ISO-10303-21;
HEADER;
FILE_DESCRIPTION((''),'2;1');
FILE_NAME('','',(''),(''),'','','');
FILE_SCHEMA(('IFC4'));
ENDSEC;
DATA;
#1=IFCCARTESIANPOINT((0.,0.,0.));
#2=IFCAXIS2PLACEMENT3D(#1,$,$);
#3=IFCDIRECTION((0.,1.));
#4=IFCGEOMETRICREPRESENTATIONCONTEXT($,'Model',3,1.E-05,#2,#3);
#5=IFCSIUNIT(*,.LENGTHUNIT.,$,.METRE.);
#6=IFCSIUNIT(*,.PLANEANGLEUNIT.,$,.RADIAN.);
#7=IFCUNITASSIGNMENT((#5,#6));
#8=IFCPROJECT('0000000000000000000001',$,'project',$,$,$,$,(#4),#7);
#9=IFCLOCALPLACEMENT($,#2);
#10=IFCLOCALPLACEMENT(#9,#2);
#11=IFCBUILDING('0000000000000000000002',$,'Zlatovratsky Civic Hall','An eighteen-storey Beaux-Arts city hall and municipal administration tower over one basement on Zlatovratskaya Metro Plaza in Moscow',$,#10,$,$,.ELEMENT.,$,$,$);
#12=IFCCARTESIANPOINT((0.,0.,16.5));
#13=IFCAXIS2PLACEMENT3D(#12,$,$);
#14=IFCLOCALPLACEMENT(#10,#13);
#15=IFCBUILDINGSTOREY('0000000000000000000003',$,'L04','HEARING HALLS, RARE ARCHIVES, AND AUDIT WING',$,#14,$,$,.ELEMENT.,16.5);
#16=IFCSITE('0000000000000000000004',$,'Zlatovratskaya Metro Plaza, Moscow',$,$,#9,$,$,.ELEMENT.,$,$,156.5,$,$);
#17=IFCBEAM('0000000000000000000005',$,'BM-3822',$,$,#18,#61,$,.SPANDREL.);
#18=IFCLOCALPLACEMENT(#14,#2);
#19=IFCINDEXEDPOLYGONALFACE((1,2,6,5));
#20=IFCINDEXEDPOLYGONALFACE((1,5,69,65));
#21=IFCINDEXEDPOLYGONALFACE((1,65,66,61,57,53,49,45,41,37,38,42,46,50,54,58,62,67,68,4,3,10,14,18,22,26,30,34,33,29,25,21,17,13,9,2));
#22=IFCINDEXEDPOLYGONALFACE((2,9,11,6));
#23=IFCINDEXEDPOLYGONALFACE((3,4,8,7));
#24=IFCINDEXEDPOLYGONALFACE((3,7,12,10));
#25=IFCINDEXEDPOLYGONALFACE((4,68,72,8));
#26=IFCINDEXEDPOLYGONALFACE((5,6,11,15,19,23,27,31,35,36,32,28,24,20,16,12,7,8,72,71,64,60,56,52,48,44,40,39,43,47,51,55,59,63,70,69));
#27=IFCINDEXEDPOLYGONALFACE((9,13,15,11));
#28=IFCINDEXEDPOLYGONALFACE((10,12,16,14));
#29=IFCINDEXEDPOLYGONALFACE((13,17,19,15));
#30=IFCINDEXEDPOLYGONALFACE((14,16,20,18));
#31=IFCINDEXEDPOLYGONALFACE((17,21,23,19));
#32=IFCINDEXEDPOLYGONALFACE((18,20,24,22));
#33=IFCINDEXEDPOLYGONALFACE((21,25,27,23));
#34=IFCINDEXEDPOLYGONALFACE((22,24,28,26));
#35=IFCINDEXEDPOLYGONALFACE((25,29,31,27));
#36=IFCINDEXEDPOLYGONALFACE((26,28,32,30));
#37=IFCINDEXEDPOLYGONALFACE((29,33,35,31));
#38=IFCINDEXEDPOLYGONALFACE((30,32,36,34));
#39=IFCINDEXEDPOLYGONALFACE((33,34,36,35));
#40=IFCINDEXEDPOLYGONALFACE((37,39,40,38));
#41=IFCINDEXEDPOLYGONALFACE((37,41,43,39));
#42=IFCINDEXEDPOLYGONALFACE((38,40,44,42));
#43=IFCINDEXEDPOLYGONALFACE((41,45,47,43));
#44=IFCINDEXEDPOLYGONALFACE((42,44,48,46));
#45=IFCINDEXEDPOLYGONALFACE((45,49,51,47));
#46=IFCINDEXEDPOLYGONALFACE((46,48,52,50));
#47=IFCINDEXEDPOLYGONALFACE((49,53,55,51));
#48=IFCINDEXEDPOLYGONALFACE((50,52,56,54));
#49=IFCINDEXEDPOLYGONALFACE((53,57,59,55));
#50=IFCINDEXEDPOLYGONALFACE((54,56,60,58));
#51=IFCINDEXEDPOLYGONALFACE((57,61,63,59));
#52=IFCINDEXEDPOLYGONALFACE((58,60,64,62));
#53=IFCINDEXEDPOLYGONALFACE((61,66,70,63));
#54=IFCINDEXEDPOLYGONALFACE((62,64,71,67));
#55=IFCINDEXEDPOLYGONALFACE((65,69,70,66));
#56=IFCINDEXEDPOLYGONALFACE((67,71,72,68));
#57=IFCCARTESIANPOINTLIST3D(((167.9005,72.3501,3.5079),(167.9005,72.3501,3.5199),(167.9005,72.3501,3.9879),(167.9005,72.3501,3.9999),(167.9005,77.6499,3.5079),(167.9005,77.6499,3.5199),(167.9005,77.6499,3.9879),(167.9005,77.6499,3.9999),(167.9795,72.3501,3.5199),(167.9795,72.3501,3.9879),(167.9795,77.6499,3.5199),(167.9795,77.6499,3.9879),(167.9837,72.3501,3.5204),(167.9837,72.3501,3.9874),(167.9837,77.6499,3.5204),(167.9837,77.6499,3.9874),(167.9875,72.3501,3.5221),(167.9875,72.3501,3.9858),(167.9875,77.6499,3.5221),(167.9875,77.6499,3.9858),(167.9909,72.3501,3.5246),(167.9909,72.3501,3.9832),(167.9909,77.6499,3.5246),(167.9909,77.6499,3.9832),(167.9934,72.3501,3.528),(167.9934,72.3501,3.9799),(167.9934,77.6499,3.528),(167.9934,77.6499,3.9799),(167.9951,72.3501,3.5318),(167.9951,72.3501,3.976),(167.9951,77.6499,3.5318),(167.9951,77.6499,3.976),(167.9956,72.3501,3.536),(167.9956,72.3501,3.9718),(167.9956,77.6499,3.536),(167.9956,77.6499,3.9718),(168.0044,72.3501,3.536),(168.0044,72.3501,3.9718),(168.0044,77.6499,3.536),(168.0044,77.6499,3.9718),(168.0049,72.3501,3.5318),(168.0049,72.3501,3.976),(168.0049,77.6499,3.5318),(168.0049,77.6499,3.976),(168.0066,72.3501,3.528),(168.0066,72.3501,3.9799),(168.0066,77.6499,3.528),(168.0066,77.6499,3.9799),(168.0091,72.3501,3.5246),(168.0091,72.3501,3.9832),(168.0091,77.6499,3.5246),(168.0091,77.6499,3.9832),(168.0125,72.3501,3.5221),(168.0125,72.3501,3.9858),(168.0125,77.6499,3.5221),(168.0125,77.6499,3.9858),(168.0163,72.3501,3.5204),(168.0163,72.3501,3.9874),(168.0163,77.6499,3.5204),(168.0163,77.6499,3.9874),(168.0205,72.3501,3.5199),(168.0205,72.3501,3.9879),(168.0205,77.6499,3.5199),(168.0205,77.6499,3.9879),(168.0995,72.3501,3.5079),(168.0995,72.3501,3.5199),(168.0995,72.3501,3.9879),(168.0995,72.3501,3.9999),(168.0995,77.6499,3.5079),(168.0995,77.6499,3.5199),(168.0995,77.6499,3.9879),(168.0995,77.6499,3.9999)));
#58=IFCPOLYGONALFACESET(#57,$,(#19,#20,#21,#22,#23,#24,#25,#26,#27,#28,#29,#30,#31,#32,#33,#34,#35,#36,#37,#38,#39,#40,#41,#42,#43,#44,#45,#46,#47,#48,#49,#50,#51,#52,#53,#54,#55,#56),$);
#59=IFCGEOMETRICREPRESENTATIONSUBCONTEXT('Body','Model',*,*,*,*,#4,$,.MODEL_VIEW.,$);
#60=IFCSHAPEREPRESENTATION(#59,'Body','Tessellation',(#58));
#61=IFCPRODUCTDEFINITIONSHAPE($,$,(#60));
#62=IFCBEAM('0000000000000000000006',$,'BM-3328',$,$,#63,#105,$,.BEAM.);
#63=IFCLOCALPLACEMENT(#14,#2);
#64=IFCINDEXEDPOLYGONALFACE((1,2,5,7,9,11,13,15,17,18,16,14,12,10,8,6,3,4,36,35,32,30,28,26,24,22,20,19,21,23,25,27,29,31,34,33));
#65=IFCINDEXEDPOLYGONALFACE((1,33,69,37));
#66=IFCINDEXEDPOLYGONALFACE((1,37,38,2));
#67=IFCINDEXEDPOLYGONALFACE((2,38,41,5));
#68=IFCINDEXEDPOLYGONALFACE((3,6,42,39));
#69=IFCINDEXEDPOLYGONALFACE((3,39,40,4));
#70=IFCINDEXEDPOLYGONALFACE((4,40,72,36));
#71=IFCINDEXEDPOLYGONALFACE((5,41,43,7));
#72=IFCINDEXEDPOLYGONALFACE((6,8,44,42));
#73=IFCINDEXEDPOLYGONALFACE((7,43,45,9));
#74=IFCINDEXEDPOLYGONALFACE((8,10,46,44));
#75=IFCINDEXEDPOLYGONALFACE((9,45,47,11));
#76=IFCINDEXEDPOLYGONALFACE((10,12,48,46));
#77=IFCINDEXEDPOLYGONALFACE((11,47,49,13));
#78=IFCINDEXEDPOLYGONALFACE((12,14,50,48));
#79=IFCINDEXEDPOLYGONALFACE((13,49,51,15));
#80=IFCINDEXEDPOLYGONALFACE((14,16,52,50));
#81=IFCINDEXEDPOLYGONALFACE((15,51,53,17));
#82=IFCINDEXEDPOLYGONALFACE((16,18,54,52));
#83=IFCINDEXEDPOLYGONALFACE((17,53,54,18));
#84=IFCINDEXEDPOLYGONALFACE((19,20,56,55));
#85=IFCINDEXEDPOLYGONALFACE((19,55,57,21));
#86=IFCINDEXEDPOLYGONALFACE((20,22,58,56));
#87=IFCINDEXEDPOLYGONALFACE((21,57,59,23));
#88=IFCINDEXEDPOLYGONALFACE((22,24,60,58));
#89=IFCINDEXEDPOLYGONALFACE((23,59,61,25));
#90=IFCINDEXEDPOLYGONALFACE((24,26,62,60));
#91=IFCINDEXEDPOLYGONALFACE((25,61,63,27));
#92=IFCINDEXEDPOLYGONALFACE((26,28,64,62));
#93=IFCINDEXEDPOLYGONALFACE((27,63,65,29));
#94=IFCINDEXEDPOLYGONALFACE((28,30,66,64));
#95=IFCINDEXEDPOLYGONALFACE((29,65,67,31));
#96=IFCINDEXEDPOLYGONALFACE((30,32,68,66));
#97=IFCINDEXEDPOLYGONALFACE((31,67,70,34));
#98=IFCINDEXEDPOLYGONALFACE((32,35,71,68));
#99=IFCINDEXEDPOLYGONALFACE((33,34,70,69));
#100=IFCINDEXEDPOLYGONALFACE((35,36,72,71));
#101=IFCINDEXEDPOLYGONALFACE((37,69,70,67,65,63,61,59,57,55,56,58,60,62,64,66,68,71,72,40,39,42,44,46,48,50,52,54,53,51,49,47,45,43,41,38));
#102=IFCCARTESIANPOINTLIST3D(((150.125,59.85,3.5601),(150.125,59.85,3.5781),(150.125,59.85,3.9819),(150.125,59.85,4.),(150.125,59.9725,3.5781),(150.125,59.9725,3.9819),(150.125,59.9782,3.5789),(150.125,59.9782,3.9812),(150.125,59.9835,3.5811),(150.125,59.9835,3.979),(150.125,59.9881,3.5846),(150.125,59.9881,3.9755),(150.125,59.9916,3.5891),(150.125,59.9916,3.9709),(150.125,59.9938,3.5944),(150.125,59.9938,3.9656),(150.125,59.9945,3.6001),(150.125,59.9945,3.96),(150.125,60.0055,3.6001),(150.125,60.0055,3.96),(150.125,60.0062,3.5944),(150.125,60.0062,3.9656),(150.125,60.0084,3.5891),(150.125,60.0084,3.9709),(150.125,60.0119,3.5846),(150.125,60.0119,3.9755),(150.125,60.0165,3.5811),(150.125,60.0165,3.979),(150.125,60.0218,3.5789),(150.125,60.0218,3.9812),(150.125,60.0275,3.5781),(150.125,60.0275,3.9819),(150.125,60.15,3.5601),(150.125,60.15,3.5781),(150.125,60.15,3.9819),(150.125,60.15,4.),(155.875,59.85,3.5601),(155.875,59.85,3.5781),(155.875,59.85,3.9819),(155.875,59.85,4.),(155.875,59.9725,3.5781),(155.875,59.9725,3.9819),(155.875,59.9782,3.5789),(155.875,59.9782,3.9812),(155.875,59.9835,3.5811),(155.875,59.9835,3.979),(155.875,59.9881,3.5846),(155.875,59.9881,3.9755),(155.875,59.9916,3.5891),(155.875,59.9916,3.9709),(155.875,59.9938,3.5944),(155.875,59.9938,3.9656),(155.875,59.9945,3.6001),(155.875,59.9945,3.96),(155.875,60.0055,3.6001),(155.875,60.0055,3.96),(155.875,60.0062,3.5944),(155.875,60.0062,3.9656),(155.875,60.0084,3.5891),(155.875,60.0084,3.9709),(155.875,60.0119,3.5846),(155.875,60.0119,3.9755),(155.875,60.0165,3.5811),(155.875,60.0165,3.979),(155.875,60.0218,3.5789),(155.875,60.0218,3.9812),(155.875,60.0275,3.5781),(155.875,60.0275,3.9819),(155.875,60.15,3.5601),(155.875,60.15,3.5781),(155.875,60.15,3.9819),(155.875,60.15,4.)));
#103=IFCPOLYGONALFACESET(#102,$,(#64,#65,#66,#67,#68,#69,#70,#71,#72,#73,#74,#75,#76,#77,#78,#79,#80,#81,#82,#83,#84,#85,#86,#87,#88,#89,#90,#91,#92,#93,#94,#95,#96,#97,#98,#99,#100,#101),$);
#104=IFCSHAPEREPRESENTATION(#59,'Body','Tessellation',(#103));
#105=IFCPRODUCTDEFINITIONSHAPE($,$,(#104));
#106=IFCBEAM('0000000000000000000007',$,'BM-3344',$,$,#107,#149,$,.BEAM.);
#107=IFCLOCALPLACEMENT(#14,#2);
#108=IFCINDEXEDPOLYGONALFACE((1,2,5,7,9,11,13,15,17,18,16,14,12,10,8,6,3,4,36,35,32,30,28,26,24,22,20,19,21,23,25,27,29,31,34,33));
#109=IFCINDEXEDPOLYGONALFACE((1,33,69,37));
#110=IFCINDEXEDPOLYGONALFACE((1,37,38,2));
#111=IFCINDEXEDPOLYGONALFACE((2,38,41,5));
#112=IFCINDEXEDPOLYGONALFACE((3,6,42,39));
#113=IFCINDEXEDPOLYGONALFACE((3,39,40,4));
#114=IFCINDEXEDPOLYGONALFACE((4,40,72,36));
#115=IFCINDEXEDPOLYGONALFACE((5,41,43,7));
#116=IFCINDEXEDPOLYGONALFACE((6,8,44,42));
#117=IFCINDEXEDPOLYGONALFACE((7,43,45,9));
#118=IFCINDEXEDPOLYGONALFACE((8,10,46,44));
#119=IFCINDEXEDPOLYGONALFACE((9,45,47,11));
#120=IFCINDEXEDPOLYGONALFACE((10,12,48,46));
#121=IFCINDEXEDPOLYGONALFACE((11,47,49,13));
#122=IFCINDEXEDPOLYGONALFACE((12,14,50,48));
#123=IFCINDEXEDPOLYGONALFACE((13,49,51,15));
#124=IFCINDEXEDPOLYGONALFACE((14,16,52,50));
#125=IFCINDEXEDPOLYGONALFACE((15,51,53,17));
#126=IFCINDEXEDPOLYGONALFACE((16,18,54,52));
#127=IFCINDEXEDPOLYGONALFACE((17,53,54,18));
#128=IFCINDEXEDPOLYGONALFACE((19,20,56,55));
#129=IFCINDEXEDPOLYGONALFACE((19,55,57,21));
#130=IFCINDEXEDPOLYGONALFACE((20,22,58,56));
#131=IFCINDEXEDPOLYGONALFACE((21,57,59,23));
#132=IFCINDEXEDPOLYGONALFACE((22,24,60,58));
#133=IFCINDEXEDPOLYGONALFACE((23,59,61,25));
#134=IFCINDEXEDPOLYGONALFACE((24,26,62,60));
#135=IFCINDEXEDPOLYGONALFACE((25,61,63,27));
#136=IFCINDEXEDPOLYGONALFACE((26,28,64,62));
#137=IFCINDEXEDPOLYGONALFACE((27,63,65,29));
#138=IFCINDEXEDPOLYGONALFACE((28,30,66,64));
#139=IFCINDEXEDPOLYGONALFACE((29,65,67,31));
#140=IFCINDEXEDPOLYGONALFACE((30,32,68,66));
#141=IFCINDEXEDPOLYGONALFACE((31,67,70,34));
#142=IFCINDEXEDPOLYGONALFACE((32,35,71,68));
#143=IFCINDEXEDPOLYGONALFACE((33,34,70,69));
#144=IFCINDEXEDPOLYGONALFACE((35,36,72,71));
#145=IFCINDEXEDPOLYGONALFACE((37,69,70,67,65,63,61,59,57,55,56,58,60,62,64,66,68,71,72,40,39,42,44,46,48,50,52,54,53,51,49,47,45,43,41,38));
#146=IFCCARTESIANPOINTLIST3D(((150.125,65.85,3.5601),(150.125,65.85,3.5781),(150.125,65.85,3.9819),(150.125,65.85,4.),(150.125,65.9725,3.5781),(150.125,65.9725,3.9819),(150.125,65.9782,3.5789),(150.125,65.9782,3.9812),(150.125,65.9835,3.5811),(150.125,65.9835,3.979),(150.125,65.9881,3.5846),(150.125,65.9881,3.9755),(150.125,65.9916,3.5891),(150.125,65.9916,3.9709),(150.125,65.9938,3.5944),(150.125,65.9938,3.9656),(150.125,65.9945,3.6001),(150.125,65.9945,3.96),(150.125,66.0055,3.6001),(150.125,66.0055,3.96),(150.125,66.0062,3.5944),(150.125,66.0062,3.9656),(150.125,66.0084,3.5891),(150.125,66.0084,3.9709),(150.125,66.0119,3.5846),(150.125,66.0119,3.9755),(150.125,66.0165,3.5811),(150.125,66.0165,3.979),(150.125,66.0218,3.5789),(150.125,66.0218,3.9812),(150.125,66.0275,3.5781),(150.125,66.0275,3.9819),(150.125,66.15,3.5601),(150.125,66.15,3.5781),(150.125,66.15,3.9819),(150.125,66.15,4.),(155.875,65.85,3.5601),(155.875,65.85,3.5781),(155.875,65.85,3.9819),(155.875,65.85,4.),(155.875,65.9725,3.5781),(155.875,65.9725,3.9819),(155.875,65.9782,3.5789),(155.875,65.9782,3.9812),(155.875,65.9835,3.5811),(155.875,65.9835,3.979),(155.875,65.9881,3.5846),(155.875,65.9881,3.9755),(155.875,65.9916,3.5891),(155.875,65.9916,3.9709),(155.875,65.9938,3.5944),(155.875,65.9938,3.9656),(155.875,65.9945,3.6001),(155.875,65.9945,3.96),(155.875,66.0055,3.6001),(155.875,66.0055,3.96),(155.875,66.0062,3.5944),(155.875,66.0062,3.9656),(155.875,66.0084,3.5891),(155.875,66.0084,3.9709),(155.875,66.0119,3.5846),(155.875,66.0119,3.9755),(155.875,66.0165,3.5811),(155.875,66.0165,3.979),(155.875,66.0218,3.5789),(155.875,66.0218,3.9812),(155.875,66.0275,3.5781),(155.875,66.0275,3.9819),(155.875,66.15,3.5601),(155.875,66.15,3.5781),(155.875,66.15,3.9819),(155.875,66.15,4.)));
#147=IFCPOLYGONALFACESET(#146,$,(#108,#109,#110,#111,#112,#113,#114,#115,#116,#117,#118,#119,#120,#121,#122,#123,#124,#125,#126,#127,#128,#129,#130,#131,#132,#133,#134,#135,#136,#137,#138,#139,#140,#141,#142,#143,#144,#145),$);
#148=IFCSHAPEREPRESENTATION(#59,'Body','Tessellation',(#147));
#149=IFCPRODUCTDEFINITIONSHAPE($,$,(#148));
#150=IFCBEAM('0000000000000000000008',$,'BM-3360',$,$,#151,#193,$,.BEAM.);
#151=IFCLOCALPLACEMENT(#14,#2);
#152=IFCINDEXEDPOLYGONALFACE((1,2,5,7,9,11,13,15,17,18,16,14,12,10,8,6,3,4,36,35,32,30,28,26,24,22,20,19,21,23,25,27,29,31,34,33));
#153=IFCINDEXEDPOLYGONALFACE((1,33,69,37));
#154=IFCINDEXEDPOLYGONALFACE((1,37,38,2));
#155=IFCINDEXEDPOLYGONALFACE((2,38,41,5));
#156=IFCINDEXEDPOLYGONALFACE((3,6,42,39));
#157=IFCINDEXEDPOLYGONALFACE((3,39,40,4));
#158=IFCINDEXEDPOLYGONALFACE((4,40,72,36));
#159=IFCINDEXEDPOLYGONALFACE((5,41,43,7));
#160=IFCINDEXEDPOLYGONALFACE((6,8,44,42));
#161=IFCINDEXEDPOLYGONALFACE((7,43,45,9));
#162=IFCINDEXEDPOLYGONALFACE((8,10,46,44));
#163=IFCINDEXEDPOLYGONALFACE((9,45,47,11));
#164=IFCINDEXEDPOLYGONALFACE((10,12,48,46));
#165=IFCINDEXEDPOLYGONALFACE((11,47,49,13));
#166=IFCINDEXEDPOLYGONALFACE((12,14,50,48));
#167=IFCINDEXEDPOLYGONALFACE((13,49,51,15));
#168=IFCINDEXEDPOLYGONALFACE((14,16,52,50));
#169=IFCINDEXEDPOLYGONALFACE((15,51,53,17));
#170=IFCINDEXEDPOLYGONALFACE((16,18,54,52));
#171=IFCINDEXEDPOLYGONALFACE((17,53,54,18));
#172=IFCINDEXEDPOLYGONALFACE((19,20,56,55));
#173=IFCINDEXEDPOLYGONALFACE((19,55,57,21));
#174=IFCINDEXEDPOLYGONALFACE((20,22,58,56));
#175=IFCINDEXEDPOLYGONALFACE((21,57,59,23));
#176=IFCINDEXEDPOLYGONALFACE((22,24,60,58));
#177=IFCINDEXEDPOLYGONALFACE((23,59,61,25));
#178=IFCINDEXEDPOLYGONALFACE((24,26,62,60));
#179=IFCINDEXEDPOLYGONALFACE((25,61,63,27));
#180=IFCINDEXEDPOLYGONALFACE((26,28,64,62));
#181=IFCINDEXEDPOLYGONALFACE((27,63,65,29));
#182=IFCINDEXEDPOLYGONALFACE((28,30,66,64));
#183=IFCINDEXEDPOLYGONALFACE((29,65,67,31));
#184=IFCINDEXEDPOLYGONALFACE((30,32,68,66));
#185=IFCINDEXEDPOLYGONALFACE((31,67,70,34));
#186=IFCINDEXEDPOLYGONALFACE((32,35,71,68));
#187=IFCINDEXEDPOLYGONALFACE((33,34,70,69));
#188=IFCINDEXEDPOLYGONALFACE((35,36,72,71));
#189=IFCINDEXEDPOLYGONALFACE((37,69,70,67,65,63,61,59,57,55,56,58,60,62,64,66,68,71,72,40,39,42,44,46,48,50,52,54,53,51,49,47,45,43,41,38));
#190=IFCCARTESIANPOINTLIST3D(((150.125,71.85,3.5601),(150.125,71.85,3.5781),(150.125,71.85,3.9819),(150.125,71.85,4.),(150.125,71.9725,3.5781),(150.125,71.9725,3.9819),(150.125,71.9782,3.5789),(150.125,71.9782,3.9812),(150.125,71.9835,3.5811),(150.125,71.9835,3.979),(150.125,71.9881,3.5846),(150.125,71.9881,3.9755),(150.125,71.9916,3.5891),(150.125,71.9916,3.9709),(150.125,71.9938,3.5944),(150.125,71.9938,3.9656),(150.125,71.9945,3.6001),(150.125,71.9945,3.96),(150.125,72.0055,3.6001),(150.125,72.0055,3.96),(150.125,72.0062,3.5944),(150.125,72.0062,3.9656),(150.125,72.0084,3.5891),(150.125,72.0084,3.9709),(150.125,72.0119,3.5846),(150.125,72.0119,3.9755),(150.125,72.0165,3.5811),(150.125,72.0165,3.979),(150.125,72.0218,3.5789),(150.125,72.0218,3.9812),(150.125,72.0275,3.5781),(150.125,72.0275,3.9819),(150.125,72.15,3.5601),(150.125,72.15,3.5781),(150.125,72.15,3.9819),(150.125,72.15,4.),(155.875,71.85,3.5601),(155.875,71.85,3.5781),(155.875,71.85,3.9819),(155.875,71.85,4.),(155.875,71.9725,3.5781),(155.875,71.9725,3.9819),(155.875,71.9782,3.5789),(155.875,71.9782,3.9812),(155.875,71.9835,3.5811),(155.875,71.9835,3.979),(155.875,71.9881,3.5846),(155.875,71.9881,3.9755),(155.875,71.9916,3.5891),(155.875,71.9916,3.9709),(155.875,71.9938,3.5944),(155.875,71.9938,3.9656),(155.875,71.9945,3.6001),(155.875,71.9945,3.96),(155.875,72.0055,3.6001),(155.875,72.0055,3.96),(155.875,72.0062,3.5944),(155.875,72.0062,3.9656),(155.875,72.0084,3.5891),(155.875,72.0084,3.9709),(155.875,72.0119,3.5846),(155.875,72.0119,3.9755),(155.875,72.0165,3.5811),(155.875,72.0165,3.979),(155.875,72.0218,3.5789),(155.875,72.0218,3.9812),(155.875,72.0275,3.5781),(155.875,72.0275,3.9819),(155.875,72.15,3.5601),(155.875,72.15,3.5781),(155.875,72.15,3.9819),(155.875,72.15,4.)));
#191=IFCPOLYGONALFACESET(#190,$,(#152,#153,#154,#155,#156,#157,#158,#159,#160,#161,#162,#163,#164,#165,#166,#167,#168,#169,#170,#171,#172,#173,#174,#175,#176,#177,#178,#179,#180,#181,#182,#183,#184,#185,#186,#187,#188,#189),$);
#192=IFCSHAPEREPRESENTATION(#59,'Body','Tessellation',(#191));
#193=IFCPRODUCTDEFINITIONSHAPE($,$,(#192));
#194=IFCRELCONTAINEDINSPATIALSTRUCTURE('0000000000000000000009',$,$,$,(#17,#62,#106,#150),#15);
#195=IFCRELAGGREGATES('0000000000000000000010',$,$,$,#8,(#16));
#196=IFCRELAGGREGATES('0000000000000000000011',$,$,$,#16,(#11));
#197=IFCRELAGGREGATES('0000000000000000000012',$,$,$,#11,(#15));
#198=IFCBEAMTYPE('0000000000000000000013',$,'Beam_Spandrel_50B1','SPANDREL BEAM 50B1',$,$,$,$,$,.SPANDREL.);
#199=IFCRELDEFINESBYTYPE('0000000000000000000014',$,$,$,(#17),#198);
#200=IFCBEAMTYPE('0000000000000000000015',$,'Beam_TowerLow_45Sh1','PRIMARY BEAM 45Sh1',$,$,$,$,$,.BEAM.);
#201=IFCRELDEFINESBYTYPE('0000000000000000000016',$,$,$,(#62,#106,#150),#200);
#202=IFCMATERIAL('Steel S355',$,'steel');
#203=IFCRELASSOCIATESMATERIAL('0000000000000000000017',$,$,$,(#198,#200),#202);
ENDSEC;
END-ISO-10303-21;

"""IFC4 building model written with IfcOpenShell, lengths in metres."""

from ifc_helpers import new_model, si_unit, direction, frame, origin, origin_2d, place, context, subcontext, project, spatial, i_section, extrude, material, material_profile, profile_set, type_object, element, save


model = new_model("IFC4")

# Units and contexts
model_context = context("Model", 3, precision=1e-05, world=origin(), true_north=direction((0.0, 1.0)))
body_context = subcontext(model_context, "Body", "Model", "MODEL_VIEW")
ifc_project = project(units=[si_unit("LENGTHUNIT", "METRE"), si_unit("PLANEANGLEUNIT", "RADIAN")], contexts=[model_context])

# Site, building, storey
site_placement = place(None, origin())
site = spatial("IfcSite", under=ifc_project, at=site_placement, Name="Zlatovratskaya Metro Plaza, Moscow", CompositionType="ELEMENT", RefElevation=156.5)
building_placement = place(site_placement, origin())
building = spatial("IfcBuilding", under=site, at=building_placement, Name="Zlatovratsky Civic Hall", Description="An eighteen-storey Beaux-Arts city hall and municipal administration tower over one basement on Zlatovratskaya Metro Plaza in Moscow", CompositionType="ELEMENT")
storey_placement = place(building_placement, frame((0.0, 0.0, 16.5)))
storey = spatial("IfcBuildingStorey", under=building, at=storey_placement, Name="L04", Description="HEARING HALLS, RARE ARCHIVES, AND AUDIT WING", CompositionType="ELEMENT", Elevation=16.5)

# Shared definitions
ifc_material_1 = material(Name="Steel S355", Category="steel")

# Beams
ifc_material_profile_1 = material_profile(ifc_material_1, i_section(OverallWidth=0.199, OverallDepth=0.4919, WebThickness=0.0088, FlangeThickness=0.012, FilletRadius=0.0161, at=origin_2d()), Name="50B1")
ifc_profile_set_1 = profile_set([ifc_material_profile_1], Name="Steel S355")
beam_type_1 = type_object("IfcBeamType", Name="Beam_Spandrel_50B1", Description="SPANDREL BEAM 50B1", PredefinedType="SPANDREL", material=ifc_profile_set_1)
for number, where, z_axis, x_axis, name in (
    (1, (168.0, 72.3501, 3.7539), (0.0, 1.0, 0.0), (-1.0, 0.0, 0.0), "BM-3822"),
):
    element("IfcBeam", number, at=place(storey_placement, frame(where, z_axis=z_axis, x_axis=x_axis)), inside=storey, type_object=beam_type_1, Name=name, PredefinedType="SPANDREL", context=body_context, shape_type="SweptSolid", body=[
        extrude(i_section(OverallWidth=0.199, OverallDepth=0.4919, WebThickness=0.0088, FlangeThickness=0.012, FilletRadius=0.0161, at=origin_2d()), origin(), (0.0, 0.0, 1.0), 5.2998),
    ])
ifc_material_profile_2 = material_profile(ifc_material_1, i_section(OverallWidth=0.3, OverallDepth=0.4399, WebThickness=0.011, FlangeThickness=0.0181, FilletRadius=0.022, at=origin_2d()), Name="45Sh1")
ifc_profile_set_2 = profile_set([ifc_material_profile_2], Name="Steel S355")
beam_type_2 = type_object("IfcBeamType", Name="Beam_TowerLow_45Sh1", Description="PRIMARY BEAM 45Sh1", PredefinedType="BEAM", material=ifc_profile_set_2)
for number, where, z_axis, x_axis, name in (
    (2, (150.125, 60.0, 3.78), (1.0, 0.0, 0.0), (0.0, 1.0, 0.0), "BM-3328"),
    (3, (150.125, 66.0, 3.78), (1.0, 0.0, 0.0), (0.0, 1.0, 0.0), "BM-3344"),
    (4, (150.125, 72.0, 3.78), (1.0, 0.0, 0.0), (0.0, 1.0, 0.0), "BM-3360"),
):
    element("IfcBeam", number, at=place(storey_placement, frame(where, z_axis=z_axis, x_axis=x_axis)), inside=storey, type_object=beam_type_2, Name=name, PredefinedType="BEAM", context=body_context, shape_type="SweptSolid", body=[
        extrude(i_section(OverallWidth=0.3, OverallDepth=0.4399, WebThickness=0.011, FlangeThickness=0.0181, FilletRadius=0.022, at=origin_2d()), origin(), (0.0, 0.0, 1.0), 5.75),
    ])

save(model, "model.ifc")
